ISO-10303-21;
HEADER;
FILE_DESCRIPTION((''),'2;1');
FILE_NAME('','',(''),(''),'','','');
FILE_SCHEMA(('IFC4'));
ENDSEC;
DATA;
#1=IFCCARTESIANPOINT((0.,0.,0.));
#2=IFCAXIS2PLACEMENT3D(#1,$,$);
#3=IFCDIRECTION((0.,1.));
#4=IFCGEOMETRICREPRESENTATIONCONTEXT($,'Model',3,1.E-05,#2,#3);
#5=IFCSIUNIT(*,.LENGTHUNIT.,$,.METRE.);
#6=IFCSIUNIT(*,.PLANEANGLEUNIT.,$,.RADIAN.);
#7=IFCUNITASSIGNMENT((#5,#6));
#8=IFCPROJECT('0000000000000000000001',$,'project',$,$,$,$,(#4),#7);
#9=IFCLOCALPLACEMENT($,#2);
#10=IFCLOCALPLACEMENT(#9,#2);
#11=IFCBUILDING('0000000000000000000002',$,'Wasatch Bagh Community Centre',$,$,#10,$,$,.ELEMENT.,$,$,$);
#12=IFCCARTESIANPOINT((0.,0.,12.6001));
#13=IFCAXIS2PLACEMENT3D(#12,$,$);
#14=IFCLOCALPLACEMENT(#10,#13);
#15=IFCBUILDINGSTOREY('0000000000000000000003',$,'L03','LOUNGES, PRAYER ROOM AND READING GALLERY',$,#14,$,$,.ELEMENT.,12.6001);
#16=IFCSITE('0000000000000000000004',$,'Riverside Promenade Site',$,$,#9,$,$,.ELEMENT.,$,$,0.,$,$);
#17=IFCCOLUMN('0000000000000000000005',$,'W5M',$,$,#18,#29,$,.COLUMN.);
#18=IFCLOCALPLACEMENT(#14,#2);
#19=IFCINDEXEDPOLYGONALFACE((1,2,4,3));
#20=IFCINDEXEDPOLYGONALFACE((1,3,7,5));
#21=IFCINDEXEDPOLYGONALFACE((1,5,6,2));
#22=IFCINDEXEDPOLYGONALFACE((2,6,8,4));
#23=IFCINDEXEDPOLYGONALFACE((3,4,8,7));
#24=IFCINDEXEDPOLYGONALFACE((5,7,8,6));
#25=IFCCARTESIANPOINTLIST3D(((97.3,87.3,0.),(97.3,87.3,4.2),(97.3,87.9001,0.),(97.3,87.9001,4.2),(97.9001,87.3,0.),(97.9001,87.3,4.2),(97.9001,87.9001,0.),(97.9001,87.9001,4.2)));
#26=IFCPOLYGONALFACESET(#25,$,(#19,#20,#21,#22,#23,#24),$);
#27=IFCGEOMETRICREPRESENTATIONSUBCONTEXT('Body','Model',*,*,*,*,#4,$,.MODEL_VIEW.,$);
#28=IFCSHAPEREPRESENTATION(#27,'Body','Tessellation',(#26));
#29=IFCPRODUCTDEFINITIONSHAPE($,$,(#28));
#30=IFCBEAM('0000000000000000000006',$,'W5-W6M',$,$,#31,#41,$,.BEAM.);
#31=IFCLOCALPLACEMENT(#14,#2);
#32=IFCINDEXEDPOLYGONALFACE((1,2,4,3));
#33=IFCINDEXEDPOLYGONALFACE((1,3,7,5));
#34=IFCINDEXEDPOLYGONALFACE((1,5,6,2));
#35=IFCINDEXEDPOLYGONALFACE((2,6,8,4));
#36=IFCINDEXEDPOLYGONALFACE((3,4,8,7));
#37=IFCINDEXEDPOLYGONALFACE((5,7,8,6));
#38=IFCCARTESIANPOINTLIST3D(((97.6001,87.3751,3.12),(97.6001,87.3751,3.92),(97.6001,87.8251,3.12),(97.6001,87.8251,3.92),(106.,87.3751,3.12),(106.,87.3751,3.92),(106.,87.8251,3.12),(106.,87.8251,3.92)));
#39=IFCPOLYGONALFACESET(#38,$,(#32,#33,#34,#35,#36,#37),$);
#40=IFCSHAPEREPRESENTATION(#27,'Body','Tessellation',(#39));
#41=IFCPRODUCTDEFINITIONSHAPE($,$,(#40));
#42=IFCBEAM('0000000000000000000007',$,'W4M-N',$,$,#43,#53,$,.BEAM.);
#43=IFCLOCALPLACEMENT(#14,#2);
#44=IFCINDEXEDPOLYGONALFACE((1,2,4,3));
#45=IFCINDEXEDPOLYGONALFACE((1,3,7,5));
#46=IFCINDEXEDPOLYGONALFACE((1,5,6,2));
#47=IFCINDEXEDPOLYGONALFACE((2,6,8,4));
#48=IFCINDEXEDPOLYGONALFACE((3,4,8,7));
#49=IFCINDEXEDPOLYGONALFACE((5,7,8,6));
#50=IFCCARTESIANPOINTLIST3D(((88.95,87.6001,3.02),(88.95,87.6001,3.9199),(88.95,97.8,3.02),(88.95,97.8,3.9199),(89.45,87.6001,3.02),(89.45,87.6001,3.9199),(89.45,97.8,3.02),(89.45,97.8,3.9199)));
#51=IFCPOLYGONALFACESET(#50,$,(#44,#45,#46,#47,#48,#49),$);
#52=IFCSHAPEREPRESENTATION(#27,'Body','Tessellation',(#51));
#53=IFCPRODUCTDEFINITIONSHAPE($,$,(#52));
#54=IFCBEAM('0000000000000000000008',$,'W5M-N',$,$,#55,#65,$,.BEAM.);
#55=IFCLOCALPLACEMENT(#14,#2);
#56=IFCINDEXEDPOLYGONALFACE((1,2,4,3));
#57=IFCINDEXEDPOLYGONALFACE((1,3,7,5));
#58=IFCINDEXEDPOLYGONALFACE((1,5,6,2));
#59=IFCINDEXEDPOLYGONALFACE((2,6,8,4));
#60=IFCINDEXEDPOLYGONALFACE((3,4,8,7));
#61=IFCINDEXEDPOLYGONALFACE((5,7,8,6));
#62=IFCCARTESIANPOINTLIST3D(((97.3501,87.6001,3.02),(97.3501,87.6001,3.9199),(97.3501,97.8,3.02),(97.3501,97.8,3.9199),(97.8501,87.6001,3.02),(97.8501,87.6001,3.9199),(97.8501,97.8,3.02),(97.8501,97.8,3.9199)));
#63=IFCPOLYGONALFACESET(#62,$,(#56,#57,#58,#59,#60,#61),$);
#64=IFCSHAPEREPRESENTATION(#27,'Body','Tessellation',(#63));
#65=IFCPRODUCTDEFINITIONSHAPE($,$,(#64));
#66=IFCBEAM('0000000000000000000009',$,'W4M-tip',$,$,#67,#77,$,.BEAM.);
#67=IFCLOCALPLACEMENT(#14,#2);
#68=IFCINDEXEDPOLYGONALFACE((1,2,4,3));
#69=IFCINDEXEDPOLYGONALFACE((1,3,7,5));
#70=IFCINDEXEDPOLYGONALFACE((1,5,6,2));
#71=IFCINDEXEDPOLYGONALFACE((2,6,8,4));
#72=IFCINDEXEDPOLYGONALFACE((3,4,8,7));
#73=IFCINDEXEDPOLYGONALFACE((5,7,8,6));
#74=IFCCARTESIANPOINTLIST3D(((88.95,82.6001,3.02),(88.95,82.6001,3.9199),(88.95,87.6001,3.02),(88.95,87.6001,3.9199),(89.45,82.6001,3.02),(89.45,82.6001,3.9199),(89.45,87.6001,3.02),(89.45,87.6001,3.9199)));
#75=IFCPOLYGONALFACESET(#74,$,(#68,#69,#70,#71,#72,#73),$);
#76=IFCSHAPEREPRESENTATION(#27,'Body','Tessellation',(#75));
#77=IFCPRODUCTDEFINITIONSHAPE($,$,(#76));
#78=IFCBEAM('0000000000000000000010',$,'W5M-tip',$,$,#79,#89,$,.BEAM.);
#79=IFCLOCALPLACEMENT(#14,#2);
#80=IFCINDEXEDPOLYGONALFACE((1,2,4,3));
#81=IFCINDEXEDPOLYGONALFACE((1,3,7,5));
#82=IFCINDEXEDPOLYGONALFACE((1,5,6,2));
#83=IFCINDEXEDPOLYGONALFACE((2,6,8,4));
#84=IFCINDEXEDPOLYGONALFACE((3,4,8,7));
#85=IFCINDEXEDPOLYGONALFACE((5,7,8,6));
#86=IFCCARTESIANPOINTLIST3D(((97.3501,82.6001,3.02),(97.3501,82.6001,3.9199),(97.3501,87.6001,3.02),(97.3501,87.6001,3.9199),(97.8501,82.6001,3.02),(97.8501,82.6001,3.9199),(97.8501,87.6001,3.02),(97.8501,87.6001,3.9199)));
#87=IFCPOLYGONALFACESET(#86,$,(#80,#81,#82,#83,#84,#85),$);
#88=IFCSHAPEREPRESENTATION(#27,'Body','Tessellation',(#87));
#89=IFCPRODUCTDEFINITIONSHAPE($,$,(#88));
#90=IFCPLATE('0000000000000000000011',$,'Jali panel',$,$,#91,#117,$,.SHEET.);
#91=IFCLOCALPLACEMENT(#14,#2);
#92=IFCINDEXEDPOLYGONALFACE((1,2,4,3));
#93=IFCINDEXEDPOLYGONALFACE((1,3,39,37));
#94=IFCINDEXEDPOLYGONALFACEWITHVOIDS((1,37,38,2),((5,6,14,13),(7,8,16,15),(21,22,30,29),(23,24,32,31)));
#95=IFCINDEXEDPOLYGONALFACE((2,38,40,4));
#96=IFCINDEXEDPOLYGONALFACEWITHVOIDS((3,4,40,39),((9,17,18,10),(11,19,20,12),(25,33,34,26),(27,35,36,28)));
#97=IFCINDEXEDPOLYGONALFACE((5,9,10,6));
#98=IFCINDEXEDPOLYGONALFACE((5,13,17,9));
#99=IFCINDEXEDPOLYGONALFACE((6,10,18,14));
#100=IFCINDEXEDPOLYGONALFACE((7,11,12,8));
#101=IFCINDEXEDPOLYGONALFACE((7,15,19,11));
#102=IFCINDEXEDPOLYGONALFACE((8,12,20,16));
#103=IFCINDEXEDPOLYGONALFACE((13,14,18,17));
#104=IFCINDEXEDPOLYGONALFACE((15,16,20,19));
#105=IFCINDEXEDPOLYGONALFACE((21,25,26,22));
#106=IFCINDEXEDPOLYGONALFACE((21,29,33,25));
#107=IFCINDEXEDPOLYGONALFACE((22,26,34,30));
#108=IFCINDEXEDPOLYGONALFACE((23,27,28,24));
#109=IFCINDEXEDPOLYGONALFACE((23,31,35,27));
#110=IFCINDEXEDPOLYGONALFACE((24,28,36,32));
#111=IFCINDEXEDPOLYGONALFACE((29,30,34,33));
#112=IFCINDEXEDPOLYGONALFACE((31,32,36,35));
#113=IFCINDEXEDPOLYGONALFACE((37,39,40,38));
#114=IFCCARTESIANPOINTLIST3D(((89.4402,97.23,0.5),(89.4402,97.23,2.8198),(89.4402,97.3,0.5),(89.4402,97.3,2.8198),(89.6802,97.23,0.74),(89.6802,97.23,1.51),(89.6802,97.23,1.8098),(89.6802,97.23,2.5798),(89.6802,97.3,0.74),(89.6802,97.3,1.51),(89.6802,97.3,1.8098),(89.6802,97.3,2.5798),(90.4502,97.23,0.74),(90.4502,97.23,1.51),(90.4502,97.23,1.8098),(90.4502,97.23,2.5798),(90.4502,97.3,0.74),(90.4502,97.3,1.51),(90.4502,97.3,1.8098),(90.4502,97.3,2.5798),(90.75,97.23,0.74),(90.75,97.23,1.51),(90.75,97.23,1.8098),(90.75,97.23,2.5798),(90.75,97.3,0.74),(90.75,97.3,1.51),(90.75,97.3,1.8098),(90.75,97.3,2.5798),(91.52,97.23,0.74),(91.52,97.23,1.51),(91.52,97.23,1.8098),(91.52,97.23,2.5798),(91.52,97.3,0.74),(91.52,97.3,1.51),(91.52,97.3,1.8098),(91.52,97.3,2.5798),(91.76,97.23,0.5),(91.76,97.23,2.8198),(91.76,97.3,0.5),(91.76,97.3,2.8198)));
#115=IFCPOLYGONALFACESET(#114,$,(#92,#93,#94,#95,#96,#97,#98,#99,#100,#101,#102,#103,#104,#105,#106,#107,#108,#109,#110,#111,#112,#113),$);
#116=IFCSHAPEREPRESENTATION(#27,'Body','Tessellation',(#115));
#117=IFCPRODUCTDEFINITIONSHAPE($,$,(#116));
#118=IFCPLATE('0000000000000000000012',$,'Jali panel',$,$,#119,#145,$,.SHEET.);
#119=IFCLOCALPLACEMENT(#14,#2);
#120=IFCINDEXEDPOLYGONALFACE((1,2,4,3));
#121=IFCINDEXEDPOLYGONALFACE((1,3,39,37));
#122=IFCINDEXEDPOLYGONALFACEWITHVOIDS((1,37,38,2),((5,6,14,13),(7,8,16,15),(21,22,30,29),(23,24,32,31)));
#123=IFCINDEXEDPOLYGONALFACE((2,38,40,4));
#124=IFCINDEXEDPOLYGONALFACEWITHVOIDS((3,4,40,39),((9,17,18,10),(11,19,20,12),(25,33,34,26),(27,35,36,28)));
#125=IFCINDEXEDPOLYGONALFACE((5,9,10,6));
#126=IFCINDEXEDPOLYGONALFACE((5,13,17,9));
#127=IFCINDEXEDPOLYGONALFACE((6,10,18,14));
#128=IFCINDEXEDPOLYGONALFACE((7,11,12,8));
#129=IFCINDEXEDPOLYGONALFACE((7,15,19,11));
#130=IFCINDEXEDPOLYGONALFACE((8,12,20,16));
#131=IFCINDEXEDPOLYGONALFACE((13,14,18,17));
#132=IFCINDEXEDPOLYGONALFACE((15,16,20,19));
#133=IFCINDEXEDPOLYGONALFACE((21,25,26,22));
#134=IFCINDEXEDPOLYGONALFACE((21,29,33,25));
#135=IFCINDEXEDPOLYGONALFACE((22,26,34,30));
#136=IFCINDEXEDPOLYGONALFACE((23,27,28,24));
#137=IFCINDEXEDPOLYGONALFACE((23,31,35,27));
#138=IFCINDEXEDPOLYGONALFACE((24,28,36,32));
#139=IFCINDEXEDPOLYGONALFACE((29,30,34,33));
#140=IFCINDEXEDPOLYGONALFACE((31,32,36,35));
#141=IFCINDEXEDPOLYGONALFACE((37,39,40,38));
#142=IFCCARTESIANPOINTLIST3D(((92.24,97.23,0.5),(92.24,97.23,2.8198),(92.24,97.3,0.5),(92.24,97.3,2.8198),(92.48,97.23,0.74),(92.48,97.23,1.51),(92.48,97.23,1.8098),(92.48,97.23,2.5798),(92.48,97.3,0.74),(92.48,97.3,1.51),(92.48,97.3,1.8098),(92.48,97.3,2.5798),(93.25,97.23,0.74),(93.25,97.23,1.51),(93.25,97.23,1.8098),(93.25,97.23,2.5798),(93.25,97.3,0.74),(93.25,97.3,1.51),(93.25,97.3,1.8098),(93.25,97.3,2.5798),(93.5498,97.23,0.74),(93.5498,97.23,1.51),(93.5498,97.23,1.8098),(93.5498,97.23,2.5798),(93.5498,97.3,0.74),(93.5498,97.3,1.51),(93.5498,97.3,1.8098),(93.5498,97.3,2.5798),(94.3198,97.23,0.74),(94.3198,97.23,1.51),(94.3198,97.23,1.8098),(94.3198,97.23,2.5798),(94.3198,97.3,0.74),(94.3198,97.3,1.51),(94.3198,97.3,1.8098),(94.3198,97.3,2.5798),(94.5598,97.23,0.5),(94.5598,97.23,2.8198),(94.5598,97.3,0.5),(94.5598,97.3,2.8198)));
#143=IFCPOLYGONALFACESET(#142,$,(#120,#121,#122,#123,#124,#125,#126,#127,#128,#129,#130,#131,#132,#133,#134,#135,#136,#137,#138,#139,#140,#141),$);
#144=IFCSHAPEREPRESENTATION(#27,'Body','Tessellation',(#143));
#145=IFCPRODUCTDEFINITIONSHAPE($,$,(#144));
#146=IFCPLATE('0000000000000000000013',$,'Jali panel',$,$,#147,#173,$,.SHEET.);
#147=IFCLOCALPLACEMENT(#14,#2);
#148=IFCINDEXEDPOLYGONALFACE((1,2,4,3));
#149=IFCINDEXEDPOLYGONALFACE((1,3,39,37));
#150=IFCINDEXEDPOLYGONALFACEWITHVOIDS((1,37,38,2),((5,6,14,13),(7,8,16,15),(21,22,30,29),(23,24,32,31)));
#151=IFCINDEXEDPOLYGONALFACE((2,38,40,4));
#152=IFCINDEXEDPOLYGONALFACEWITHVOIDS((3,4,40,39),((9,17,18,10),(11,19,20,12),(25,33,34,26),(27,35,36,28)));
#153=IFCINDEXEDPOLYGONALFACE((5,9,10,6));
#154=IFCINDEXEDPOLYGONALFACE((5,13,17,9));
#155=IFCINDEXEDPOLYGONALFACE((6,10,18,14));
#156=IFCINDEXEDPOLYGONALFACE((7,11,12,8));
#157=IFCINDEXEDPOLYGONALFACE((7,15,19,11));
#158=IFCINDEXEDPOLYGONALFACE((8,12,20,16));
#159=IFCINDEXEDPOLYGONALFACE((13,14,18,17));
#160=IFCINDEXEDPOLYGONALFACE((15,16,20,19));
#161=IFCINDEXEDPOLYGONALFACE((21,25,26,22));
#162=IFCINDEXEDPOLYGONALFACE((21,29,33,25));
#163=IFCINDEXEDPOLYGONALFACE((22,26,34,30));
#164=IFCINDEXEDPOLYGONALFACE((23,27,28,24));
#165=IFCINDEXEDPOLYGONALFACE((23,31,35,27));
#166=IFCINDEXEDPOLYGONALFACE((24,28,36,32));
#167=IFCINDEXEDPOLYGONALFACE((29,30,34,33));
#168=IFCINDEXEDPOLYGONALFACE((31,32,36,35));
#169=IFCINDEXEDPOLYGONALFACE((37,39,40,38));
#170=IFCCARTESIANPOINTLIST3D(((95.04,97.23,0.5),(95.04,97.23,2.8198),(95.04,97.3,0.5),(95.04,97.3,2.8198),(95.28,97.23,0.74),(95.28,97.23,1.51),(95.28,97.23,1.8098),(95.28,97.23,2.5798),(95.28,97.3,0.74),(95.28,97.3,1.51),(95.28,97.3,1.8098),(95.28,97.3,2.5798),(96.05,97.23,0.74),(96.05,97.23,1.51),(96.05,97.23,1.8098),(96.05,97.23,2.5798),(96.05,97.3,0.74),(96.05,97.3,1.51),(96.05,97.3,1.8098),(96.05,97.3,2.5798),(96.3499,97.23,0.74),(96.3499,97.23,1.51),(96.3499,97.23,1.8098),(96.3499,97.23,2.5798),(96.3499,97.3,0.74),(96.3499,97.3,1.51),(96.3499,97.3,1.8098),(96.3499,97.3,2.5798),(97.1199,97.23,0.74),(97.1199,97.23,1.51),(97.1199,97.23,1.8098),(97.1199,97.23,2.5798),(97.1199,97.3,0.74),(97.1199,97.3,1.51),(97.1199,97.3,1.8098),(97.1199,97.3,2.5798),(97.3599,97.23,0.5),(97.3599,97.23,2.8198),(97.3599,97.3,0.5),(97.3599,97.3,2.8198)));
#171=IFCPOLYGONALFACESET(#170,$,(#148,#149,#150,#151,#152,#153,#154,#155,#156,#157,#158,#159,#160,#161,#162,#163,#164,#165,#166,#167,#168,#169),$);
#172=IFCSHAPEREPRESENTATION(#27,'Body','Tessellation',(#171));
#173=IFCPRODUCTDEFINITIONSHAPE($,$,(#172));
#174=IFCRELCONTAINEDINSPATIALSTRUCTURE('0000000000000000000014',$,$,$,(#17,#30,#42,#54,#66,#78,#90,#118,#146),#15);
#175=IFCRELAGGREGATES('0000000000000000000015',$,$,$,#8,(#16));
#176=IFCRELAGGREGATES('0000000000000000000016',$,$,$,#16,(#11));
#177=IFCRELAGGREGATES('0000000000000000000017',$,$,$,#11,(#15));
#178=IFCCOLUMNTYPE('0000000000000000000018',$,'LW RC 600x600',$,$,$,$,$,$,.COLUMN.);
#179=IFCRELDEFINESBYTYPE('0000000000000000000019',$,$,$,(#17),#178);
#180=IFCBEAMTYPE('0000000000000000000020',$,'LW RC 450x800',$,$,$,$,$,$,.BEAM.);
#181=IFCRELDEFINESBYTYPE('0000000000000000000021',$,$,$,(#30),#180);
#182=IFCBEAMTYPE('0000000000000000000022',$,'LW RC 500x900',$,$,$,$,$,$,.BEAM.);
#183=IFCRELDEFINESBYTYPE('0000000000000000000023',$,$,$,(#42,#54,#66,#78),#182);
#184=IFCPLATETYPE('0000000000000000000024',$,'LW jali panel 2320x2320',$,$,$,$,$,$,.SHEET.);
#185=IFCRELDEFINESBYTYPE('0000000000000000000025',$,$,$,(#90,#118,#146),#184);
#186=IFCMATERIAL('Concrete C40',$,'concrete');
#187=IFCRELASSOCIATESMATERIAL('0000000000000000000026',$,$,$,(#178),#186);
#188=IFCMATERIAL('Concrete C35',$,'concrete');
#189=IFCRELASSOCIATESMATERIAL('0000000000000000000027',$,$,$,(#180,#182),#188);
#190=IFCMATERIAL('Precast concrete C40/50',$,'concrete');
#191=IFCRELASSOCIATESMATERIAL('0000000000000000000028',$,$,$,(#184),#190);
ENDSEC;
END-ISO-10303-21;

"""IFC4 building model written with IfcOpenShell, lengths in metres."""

from ifc_helpers import new_model, si_unit, direction, frame, origin, origin_2d, place, context, subcontext, project, spatial, polyline, rectangle, outline, extrude, material, material_profile, profile_set, type_object, element, save


model = new_model("IFC4")

# Units and contexts
model_context = context("Model", 3, precision=1e-05, world=origin(), true_north=direction((0.0, 1.0)))
body_context = subcontext(model_context, "Body", "Model", "MODEL_VIEW")
ifc_project = project(units=[si_unit("LENGTHUNIT", "METRE"), si_unit("PLANEANGLEUNIT", "RADIAN")], contexts=[model_context])

# Site, building, storey
site_placement = place(None, origin())
site = spatial("IfcSite", under=ifc_project, at=site_placement, Name="Riverside Promenade Site", CompositionType="ELEMENT", RefElevation=0.0)
building_placement = place(site_placement, origin())
building = spatial("IfcBuilding", under=site, at=building_placement, Name="Wasatch Bagh Community Centre", CompositionType="ELEMENT")
storey_placement = place(building_placement, frame((0.0, 0.0, 12.6001)))
storey = spatial("IfcBuildingStorey", under=building, at=storey_placement, Name="L03", Description="LOUNGES, PRAYER ROOM AND READING GALLERY", CompositionType="ELEMENT", Elevation=12.6001)

# Column
ifc_material_1 = material(Name="Concrete C40", Category="concrete")
ifc_material_profile_1 = material_profile(ifc_material_1, rectangle(XDim=0.6001, YDim=0.6001, at=origin_2d()), Name="RC 600x600")
ifc_profile_set_1 = profile_set([ifc_material_profile_1], Name="Concrete C40")
column_type = type_object("IfcColumnType", Name="LW RC 600x600", PredefinedType="COLUMN", material=ifc_profile_set_1)
column_placement = place(storey_placement, frame((97.6001, 87.6001, 0.0), z_axis=(0.0, 0.0, 1.0), x_axis=(1.0, 0.0, 0.0)))
element("IfcColumn", 1, at=column_placement, inside=storey, type_object=column_type, Name="W5M", PredefinedType="COLUMN", context=body_context, shape_type="SweptSolid", body=[
    extrude(rectangle(XDim=0.6001, YDim=0.6001, at=origin_2d()), origin(), (0.0, 0.0, 1.0), 4.2),
])

# Beams
ifc_material_2 = material(Name="Concrete C35", Category="concrete")
ifc_material_profile_2 = material_profile(ifc_material_2, rectangle(XDim=0.45, YDim=0.8, at=origin_2d()), Name="RC 450x800")
ifc_profile_set_2 = profile_set([ifc_material_profile_2], Name="Concrete C35")
beam_type_1 = type_object("IfcBeamType", Name="LW RC 450x800", PredefinedType="BEAM", material=ifc_profile_set_2)
beam_placement = place(storey_placement, frame((97.6001, 87.6001, 3.52), z_axis=(1.0, 0.0, 0.0), x_axis=(0.0, 1.0, 0.0)))
element("IfcBeam", 2, at=beam_placement, inside=storey, type_object=beam_type_1, Name="W5-W6M", PredefinedType="BEAM", context=body_context, shape_type="SweptSolid", body=[
    extrude(rectangle(XDim=0.45, YDim=0.8, at=origin_2d()), origin(), (0.0, 0.0, 1.0), 8.3999),
])
ifc_material_profile_3 = material_profile(ifc_material_2, rectangle(XDim=0.5, YDim=0.8999, at=origin_2d()), Name="RC 500x900")
ifc_profile_set_3 = profile_set([ifc_material_profile_3], Name="Concrete C35")
beam_type_2 = type_object("IfcBeamType", Name="LW RC 500x900", PredefinedType="BEAM", material=ifc_profile_set_3)
for number, where, z_axis, x_axis, name in (
    (3, (89.2, 87.6001, 3.47), (0.0, 1.0, 0.0), (-1.0, 0.0, 0.0), "W4M-N"),
    (4, (97.6001, 87.6001, 3.47), (0.0, 1.0, 0.0), (-1.0, 0.0, 0.0), "W5M-N"),
):
    element("IfcBeam", number, at=place(storey_placement, frame(where, z_axis=z_axis, x_axis=x_axis)), inside=storey, type_object=beam_type_2, Name=name, PredefinedType="BEAM", context=body_context, shape_type="SweptSolid", body=[
        extrude(rectangle(XDim=0.5, YDim=0.8999, at=origin_2d()), origin(), (0.0, 0.0, 1.0), 10.2),
    ])
for number, where, z_axis, x_axis, name in (
    (5, (89.2, 87.6001, 3.47), (0.0, -1.0, 0.0), (1.0, 0.0, 0.0), "W4M-tip"),
    (6, (97.6001, 87.6001, 3.47), (0.0, -1.0, 0.0), (1.0, 0.0, 0.0), "W5M-tip"),
):
    element("IfcBeam", number, at=place(storey_placement, frame(where, z_axis=z_axis, x_axis=x_axis)), inside=storey, type_object=beam_type_2, Name=name, PredefinedType="BEAM", context=body_context, shape_type="SweptSolid", body=[
        extrude(rectangle(XDim=0.5, YDim=0.8999, at=origin_2d()), origin(), (0.0, 0.0, 1.0), 5.0),
    ])

# Plates
ifc_material_3 = material(Name="Precast concrete C40/50", Category="concrete")
ifc_material_profile_4 = material_profile(ifc_material_3, outline(polyline([(-1.1599, -1.1599), (1.1599, -1.1599), (1.1599, 1.1599), (-1.1599, 1.1599), (-1.1599, -1.1599)]), holes=[polyline([(-0.9199, -0.9199), (-0.1499, -0.9199), (-0.1499, -0.1499), (-0.9199, -0.1499), (-0.9199, -0.9199)]), polyline([(-0.9199, 0.1499), (-0.1499, 0.1499), (-0.1499, 0.9199), (-0.9199, 0.9199), (-0.9199, 0.1499)]), polyline([(0.1499, -0.9199), (0.9199, -0.9199), (0.9199, -0.1499), (0.1499, -0.1499), (0.1499, -0.9199)]), polyline([(0.1499, 0.1499), (0.9199, 0.1499), (0.9199, 0.9199), (0.1499, 0.9199), (0.1499, 0.1499)])]), Name="Jali lattice")
ifc_profile_set_4 = profile_set([ifc_material_profile_4], Name="Precast concrete C40/50")
plate_type = type_object("IfcPlateType", Name="LW jali panel 2320x2320", PredefinedType="SHEET", material=ifc_profile_set_4)
for number, where, z_axis, x_axis, name in (
    (7, (90.6001, 97.3, 1.6599), (0.0, -1.0, 0.0), (1.0, 0.0, 0.0), "Jali panel"),
    (8, (93.3999, 97.3, 1.6599), (0.0, -1.0, 0.0), (1.0, 0.0, 0.0), "Jali panel"),
    (9, (96.2, 97.3, 1.6599), (0.0, -1.0, 0.0), (1.0, 0.0, 0.0), "Jali panel"),
):
    element("IfcPlate", number, at=place(storey_placement, frame(where, z_axis=z_axis, x_axis=x_axis)), inside=storey, type_object=plate_type, Name=name, PredefinedType="SHEET", context=body_context, shape_type="SweptSolid", body=[
        extrude(outline(polyline([(-1.1599, -1.1599), (1.1599, -1.1599), (1.1599, 1.1599), (-1.1599, 1.1599), (-1.1599, -1.1599)]), holes=[polyline([(-0.9199, -0.9199), (-0.1499, -0.9199), (-0.1499, -0.1499), (-0.9199, -0.1499), (-0.9199, -0.9199)]), polyline([(-0.9199, 0.1499), (-0.1499, 0.1499), (-0.1499, 0.9199), (-0.9199, 0.9199), (-0.9199, 0.1499)]), polyline([(0.1499, -0.9199), (0.9199, -0.9199), (0.9199, -0.1499), (0.1499, -0.1499), (0.1499, -0.9199)]), polyline([(0.1499, 0.1499), (0.9199, 0.1499), (0.9199, 0.9199), (0.1499, 0.9199), (0.1499, 0.1499)])]), origin(), (0.0, 0.0, 1.0), 0.0701),
    ])

save(model, "model.ifc")
